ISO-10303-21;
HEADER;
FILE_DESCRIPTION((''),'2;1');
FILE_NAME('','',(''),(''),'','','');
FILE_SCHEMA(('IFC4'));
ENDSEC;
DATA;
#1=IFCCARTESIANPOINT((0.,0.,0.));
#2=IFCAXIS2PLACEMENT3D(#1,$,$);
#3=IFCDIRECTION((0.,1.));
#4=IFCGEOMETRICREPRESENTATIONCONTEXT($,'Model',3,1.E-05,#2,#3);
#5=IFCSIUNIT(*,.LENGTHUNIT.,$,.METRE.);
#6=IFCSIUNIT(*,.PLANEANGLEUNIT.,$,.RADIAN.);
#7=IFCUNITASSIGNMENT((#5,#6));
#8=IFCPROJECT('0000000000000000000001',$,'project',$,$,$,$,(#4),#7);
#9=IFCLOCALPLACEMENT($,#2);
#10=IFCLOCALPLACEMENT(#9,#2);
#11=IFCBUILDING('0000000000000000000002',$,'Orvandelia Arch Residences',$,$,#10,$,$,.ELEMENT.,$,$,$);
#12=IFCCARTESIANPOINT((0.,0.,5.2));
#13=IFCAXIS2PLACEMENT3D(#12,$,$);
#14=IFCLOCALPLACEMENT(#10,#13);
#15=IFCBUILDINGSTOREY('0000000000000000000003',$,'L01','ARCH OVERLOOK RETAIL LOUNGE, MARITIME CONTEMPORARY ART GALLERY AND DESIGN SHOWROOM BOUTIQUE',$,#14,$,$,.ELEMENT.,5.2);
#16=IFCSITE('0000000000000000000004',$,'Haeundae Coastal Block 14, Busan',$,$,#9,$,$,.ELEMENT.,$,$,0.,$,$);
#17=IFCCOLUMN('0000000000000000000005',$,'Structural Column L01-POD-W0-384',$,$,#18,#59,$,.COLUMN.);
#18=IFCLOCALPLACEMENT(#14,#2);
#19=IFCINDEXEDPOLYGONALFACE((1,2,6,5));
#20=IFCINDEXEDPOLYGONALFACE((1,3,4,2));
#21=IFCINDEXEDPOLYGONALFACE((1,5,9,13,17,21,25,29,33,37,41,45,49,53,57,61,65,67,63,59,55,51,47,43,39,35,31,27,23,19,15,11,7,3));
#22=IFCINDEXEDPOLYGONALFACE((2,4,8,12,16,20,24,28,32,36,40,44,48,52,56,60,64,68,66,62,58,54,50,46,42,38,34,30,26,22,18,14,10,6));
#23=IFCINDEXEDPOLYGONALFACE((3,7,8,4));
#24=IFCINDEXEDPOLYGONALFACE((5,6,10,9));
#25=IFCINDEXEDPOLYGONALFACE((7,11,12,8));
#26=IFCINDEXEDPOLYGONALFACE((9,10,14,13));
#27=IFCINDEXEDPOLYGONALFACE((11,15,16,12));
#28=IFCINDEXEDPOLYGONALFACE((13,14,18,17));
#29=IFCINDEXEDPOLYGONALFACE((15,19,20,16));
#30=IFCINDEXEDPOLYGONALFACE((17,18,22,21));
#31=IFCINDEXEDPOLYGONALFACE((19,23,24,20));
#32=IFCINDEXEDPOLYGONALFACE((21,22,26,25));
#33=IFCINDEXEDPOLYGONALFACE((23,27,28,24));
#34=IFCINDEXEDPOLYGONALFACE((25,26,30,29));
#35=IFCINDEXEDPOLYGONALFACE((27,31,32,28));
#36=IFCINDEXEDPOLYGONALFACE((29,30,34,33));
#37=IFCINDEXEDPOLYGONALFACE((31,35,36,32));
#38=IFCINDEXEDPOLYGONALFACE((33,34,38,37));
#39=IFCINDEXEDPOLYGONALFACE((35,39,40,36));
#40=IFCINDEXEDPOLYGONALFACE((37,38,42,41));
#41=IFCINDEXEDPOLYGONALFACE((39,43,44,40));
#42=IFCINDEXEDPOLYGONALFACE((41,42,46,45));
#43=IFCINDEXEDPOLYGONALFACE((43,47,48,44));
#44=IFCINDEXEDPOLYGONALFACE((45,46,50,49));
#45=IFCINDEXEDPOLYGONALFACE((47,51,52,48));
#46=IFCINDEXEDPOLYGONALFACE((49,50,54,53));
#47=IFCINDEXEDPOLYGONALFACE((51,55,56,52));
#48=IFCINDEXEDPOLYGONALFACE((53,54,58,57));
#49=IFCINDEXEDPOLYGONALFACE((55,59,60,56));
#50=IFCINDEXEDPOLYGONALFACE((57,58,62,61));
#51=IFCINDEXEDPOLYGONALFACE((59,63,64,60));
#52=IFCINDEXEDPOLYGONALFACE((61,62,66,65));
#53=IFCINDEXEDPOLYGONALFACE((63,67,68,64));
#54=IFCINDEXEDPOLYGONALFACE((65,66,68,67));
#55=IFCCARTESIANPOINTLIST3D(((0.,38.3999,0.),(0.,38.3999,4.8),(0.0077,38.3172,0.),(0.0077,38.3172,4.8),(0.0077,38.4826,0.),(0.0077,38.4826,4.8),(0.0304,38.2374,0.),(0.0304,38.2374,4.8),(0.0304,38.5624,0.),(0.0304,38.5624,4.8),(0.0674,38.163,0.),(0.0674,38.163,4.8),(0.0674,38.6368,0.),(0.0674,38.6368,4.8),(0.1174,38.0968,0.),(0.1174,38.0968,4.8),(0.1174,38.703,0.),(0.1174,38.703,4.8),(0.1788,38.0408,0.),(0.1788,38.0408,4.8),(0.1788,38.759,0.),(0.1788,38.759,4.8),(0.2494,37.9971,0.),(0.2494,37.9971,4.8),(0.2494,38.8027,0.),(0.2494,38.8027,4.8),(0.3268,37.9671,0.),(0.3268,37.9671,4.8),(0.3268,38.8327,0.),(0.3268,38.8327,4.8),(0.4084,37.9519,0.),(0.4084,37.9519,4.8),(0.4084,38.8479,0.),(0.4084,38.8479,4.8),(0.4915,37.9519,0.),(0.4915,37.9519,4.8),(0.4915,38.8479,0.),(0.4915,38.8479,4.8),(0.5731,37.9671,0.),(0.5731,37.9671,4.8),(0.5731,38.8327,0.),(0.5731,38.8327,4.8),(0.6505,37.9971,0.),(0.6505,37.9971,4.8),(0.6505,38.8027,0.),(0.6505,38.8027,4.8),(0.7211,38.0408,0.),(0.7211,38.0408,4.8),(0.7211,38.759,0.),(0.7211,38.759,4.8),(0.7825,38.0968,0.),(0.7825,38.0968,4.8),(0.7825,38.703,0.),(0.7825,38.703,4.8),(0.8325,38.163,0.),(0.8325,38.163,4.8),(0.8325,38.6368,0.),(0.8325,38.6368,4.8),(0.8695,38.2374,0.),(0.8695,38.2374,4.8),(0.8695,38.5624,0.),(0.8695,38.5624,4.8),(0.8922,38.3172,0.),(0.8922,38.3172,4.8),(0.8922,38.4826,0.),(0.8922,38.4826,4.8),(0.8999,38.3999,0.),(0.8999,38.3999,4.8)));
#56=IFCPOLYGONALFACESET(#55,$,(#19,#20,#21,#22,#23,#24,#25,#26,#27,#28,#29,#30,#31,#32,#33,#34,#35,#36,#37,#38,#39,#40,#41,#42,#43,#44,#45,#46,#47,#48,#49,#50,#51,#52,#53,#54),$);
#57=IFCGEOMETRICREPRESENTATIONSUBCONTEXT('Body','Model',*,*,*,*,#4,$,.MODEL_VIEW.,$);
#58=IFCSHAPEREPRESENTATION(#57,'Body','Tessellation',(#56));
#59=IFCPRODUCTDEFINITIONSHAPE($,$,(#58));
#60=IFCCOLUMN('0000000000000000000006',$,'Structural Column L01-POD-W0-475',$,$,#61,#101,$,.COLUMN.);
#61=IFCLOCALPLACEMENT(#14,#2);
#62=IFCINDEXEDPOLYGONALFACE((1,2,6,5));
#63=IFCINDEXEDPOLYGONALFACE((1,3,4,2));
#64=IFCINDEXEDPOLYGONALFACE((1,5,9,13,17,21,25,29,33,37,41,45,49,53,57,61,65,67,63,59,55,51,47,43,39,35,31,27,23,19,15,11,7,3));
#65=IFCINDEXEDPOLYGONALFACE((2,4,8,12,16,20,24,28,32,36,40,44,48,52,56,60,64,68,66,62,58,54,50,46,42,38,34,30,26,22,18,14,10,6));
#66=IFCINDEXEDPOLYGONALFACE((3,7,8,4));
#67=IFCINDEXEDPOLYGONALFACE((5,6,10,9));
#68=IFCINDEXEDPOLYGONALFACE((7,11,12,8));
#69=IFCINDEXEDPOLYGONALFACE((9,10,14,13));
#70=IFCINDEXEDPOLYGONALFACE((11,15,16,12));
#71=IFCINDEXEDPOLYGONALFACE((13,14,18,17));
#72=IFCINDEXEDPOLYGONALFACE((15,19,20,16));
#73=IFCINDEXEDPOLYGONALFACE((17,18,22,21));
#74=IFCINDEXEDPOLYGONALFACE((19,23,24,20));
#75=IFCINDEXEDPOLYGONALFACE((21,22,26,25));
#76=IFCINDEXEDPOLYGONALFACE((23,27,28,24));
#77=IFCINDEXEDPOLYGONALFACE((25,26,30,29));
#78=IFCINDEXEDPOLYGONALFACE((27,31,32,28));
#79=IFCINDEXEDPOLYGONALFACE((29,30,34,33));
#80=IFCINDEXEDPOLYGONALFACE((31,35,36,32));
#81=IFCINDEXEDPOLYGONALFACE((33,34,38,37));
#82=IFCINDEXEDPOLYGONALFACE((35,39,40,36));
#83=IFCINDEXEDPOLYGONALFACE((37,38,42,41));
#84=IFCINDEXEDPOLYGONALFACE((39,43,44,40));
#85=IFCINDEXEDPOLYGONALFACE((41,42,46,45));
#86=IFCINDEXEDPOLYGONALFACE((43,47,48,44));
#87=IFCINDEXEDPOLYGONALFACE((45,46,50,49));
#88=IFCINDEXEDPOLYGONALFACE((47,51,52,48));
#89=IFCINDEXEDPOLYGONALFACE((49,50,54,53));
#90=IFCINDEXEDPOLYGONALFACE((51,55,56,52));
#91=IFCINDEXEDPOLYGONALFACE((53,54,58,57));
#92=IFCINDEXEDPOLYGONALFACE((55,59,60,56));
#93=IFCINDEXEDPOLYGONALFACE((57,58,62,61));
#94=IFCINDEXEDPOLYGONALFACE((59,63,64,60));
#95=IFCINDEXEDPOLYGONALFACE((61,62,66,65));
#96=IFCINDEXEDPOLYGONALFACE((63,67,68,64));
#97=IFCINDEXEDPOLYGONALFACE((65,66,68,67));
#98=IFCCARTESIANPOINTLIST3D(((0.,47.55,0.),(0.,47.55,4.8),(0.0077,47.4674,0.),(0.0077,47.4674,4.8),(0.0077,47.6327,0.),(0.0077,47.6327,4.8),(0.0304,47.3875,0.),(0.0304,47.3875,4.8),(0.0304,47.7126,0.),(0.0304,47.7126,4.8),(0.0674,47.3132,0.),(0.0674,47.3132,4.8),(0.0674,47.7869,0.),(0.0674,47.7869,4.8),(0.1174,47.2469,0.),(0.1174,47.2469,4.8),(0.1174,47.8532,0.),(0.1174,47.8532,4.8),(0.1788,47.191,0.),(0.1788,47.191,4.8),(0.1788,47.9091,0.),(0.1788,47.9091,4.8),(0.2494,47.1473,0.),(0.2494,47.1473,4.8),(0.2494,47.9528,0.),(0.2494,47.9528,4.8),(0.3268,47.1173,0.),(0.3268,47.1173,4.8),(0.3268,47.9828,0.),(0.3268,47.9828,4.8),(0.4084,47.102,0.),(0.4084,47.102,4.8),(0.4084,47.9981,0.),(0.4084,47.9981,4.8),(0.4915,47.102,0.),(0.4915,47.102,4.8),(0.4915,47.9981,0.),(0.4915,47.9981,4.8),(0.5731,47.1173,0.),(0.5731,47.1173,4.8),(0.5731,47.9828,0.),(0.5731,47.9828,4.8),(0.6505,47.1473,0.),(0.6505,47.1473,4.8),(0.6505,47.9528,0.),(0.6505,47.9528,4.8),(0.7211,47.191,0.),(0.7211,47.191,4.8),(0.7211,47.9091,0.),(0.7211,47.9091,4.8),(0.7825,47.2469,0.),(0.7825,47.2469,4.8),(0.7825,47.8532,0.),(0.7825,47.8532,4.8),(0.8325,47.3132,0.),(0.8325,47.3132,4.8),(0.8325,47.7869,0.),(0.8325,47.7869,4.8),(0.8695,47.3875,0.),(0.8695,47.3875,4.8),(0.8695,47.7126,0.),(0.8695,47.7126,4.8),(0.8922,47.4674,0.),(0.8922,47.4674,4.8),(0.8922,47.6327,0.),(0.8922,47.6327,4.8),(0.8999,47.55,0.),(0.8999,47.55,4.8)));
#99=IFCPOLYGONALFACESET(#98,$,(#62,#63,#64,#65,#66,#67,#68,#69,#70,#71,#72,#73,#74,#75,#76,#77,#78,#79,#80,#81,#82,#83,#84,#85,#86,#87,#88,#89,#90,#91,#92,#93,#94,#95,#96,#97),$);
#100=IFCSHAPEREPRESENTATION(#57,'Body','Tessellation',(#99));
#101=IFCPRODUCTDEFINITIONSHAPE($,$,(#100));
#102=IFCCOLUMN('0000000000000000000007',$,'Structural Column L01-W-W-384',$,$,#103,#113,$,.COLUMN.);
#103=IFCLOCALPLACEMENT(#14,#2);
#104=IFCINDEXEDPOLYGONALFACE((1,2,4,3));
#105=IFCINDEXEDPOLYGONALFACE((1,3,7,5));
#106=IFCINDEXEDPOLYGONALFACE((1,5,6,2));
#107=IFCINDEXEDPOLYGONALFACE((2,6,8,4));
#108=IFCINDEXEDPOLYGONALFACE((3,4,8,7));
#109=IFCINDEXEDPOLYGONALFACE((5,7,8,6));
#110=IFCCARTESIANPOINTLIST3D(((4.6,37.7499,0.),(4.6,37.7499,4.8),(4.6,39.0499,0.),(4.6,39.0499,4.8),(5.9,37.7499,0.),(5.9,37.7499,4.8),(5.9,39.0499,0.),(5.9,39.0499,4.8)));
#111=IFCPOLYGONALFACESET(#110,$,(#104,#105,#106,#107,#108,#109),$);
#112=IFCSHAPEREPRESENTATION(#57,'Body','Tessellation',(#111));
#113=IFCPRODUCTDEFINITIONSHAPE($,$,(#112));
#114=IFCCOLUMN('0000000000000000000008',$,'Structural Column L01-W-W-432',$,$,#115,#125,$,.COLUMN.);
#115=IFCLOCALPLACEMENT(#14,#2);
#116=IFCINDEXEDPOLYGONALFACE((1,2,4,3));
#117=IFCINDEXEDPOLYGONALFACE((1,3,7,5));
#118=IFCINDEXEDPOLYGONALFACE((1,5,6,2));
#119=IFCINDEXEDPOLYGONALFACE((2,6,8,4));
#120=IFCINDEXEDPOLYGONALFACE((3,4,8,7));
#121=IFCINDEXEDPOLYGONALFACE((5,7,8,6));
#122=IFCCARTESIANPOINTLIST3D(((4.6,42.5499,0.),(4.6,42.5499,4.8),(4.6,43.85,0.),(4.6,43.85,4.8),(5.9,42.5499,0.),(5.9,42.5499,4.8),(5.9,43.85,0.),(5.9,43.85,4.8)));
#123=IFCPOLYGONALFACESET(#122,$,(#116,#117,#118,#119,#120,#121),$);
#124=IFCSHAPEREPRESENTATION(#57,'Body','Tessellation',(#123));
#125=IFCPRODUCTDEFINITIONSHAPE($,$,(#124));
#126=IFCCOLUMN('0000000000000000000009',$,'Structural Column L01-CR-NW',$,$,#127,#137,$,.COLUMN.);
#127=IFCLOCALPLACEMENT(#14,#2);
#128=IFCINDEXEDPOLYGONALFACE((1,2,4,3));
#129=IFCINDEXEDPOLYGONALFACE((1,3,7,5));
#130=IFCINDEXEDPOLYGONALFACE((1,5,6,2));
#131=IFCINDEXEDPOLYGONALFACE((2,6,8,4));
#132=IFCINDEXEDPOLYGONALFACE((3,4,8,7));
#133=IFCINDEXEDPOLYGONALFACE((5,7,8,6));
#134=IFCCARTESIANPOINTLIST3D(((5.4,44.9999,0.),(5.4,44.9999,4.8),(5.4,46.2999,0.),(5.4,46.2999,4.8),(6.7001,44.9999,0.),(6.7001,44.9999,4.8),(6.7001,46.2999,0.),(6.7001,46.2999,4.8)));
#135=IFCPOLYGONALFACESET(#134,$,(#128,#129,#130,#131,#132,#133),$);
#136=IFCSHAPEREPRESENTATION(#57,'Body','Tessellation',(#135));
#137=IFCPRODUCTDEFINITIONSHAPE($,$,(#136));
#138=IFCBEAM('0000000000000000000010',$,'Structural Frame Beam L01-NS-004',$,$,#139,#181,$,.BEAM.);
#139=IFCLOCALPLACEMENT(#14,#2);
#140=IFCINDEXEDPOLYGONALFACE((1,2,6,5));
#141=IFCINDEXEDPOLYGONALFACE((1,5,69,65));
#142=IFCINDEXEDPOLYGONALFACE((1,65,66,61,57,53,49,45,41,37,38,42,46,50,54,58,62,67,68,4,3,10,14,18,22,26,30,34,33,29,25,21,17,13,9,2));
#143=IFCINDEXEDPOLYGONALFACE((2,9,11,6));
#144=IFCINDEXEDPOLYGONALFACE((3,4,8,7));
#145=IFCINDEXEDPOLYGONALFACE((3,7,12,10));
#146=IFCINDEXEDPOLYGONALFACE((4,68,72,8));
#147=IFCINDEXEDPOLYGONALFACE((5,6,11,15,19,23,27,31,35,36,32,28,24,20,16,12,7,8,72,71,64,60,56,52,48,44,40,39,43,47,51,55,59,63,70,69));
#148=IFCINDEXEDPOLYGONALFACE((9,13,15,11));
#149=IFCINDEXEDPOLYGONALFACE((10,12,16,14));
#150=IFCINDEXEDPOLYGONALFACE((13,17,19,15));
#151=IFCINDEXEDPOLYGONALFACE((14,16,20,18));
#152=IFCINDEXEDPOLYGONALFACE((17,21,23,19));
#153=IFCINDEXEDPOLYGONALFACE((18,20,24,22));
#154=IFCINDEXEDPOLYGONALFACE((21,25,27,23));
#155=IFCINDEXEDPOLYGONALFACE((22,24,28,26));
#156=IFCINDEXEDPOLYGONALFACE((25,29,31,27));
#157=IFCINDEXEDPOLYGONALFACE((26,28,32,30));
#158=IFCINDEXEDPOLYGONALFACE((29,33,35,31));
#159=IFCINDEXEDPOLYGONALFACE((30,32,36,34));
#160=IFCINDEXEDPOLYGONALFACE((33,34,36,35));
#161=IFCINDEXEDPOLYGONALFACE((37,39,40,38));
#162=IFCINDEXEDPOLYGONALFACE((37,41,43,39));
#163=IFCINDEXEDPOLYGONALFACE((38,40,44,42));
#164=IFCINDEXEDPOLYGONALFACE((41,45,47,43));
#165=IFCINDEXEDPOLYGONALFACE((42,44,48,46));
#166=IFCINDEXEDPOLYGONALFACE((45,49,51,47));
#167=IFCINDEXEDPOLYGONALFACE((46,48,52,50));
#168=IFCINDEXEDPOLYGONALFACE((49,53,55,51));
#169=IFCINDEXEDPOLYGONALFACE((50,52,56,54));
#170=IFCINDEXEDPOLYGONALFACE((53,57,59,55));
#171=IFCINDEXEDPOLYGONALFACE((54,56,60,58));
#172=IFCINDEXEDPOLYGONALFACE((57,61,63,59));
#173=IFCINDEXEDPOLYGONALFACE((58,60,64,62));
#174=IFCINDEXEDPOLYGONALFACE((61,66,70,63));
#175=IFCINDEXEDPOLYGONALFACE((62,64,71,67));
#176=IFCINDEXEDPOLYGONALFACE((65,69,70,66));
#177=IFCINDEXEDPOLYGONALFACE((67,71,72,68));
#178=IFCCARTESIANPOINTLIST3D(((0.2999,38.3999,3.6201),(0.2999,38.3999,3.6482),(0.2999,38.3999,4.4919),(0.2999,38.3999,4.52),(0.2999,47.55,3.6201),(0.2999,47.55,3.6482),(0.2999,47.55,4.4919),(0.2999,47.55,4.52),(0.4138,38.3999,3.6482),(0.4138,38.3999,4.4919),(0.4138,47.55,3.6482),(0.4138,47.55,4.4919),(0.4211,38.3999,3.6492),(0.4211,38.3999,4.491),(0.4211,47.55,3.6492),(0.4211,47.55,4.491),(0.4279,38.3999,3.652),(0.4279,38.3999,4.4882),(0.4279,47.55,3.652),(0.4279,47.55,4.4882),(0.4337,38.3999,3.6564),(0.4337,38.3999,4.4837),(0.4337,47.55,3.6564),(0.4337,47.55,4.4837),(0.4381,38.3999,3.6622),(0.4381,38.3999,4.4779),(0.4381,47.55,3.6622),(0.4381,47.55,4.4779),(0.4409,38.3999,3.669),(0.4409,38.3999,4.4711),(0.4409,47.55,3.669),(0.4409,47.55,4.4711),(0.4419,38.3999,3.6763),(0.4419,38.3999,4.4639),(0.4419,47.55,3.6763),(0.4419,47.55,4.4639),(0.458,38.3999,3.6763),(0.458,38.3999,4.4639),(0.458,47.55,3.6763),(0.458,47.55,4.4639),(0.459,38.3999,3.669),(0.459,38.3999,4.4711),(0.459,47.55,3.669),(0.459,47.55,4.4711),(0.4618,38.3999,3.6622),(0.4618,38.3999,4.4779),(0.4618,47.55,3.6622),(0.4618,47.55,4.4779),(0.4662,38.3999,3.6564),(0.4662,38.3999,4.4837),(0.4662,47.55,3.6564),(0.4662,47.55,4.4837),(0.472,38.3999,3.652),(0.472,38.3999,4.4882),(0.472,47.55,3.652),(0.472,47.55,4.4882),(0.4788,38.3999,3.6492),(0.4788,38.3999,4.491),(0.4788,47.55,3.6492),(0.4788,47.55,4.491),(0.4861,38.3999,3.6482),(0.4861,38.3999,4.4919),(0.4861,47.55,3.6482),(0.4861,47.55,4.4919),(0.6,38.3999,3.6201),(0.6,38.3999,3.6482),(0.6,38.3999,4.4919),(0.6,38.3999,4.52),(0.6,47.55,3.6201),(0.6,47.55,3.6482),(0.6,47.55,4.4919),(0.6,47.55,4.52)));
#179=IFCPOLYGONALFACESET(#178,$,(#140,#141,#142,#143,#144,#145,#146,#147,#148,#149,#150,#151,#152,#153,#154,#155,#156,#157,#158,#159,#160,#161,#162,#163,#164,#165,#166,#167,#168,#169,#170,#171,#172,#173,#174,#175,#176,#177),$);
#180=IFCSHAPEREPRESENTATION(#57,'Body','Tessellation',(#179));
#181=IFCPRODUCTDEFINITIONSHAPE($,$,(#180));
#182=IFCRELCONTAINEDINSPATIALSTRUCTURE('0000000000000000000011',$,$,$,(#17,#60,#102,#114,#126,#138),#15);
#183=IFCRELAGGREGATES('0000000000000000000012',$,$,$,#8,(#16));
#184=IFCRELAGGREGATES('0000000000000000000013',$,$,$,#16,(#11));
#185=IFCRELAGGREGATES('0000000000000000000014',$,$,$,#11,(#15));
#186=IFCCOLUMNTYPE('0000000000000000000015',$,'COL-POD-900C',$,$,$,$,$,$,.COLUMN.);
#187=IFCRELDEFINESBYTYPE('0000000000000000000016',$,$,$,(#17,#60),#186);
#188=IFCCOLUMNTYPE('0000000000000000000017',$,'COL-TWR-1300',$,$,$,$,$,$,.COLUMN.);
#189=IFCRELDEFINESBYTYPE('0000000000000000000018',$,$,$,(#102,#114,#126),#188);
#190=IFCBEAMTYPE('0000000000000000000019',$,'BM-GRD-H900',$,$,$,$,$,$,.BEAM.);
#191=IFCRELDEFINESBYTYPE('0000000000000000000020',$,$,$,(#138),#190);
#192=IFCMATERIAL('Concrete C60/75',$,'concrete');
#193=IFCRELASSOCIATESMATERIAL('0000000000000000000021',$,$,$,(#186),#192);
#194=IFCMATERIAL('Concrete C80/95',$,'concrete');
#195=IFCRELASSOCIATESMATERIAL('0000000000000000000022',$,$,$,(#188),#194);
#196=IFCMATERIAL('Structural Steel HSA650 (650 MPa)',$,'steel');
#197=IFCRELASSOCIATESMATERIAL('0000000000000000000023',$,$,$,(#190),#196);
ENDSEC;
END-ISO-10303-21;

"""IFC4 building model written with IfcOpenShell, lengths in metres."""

from ifc_helpers import new_model, si_unit, direction, frame, origin, origin_2d, place, context, subcontext, project, spatial, rectangle, circle, i_section, extrude, material, material_profile, profile_set, type_object, element, save


model = new_model("IFC4")

# Units and contexts
model_context = context("Model", 3, precision=1e-05, world=origin(), true_north=direction((0.0, 1.0)))
body_context = subcontext(model_context, "Body", "Model", "MODEL_VIEW")
ifc_project = project(units=[si_unit("LENGTHUNIT", "METRE"), si_unit("PLANEANGLEUNIT", "RADIAN")], contexts=[model_context])

# Site, building, storey
site_placement = place(None, origin())
site = spatial("IfcSite", under=ifc_project, at=site_placement, Name="Haeundae Coastal Block 14, Busan", CompositionType="ELEMENT", RefElevation=0.0)
building_placement = place(site_placement, origin())
building = spatial("IfcBuilding", under=site, at=building_placement, Name="Orvandelia Arch Residences", CompositionType="ELEMENT")
storey_placement = place(building_placement, frame((0.0, 0.0, 5.2)))
storey = spatial("IfcBuildingStorey", under=building, at=storey_placement, Name="L01", Description="ARCH OVERLOOK RETAIL LOUNGE, MARITIME CONTEMPORARY ART GALLERY AND DESIGN SHOWROOM BOUTIQUE", CompositionType="ELEMENT", Elevation=5.2)

# Columns
ifc_material_1 = material(Name="Concrete C60/75", Category="concrete")
ifc_material_profile_1 = material_profile(ifc_material_1, circle(Radius=0.45, at=origin_2d()), Name="Concrete C60/75", Category="concrete")
ifc_profile_set_1 = profile_set([ifc_material_profile_1], Name="Concrete C60/75")
column_type_1 = type_object("IfcColumnType", Name="COL-POD-900C", PredefinedType="COLUMN", material=ifc_profile_set_1)
for number, where, z_axis, x_axis, name in (
    (1, (0.45, 38.3999, 0.0), (0.0, 0.0, 1.0), (1.0, 0.0, 0.0), "Structural Column L01-POD-W0-384"),
    (2, (0.45, 47.55, 0.0), (0.0, 0.0, 1.0), (1.0, 0.0, 0.0), "Structural Column L01-POD-W0-475"),
):
    element("IfcColumn", number, at=place(storey_placement, frame(where, z_axis=z_axis, x_axis=x_axis)), inside=storey, type_object=column_type_1, Name=name, PredefinedType="COLUMN", context=body_context, shape_type="SweptSolid", body=[
        extrude(circle(Radius=0.45, at=origin_2d()), origin(), (0.0, 0.0, 1.0), 4.8),
    ])
ifc_material_2 = material(Name="Concrete C80/95", Category="concrete")
ifc_material_profile_2 = material_profile(ifc_material_2, rectangle(XDim=1.3, YDim=1.3, at=origin_2d()), Name="Concrete C80/95", Category="concrete")
ifc_profile_set_2 = profile_set([ifc_material_profile_2], Name="Concrete C80/95")
column_type_2 = type_object("IfcColumnType", Name="COL-TWR-1300", PredefinedType="COLUMN", material=ifc_profile_set_2)
for number, where, z_axis, x_axis, name in (
    (3, (5.25, 38.3999, 0.0), (0.0, 0.0, 1.0), (1.0, 0.0, 0.0), "Structural Column L01-W-W-384"),
    (4, (5.25, 43.2, 0.0), (0.0, 0.0, 1.0), (1.0, 0.0, 0.0), "Structural Column L01-W-W-432"),
    (5, (6.05, 45.6499, 0.0), (0.0, 0.0, 1.0), (1.0, 0.0, 0.0), "Structural Column L01-CR-NW"),
):
    element("IfcColumn", number, at=place(storey_placement, frame(where, z_axis=z_axis, x_axis=x_axis)), inside=storey, type_object=column_type_2, Name=name, PredefinedType="COLUMN", context=body_context, shape_type="SweptSolid", body=[
        extrude(rectangle(XDim=1.3, YDim=1.3, at=origin_2d()), origin(), (0.0, 0.0, 1.0), 4.8),
    ])

# Beam
ifc_material_3 = material(Name="Structural Steel HSA650 (650 MPa)", Category="steel")
ifc_material_profile_3 = material_profile(ifc_material_3, i_section(OverallWidth=0.3, OverallDepth=0.8999, WebThickness=0.0161, FlangeThickness=0.0281, FilletRadius=0.0281, at=origin_2d()), Name="Structural Steel HSA650 (650 MPa)", Category="steel")
ifc_profile_set_3 = profile_set([ifc_material_profile_3], Name="Structural Steel HSA650 (650 MPa)")
beam_type = type_object("IfcBeamType", Name="BM-GRD-H900", PredefinedType="BEAM", material=ifc_profile_set_3)
beam_1_placement = place(storey_placement, frame((0.45, 38.3999, 4.0701), z_axis=(0.0, 1.0, 0.0), x_axis=(-1.0, 0.0, 0.0)))
element("IfcBeam", 6, at=beam_1_placement, inside=storey, type_object=beam_type, Name="Structural Frame Beam L01-NS-004", PredefinedType="BEAM", context=body_context, shape_type="SweptSolid", body=[
    extrude(i_section(OverallWidth=0.3, OverallDepth=0.8999, WebThickness=0.0161, FlangeThickness=0.0281, FilletRadius=0.0281, at=origin_2d()), origin(), (0.0, 0.0, 1.0), 9.1501),
])

save(model, "model.ifc")
